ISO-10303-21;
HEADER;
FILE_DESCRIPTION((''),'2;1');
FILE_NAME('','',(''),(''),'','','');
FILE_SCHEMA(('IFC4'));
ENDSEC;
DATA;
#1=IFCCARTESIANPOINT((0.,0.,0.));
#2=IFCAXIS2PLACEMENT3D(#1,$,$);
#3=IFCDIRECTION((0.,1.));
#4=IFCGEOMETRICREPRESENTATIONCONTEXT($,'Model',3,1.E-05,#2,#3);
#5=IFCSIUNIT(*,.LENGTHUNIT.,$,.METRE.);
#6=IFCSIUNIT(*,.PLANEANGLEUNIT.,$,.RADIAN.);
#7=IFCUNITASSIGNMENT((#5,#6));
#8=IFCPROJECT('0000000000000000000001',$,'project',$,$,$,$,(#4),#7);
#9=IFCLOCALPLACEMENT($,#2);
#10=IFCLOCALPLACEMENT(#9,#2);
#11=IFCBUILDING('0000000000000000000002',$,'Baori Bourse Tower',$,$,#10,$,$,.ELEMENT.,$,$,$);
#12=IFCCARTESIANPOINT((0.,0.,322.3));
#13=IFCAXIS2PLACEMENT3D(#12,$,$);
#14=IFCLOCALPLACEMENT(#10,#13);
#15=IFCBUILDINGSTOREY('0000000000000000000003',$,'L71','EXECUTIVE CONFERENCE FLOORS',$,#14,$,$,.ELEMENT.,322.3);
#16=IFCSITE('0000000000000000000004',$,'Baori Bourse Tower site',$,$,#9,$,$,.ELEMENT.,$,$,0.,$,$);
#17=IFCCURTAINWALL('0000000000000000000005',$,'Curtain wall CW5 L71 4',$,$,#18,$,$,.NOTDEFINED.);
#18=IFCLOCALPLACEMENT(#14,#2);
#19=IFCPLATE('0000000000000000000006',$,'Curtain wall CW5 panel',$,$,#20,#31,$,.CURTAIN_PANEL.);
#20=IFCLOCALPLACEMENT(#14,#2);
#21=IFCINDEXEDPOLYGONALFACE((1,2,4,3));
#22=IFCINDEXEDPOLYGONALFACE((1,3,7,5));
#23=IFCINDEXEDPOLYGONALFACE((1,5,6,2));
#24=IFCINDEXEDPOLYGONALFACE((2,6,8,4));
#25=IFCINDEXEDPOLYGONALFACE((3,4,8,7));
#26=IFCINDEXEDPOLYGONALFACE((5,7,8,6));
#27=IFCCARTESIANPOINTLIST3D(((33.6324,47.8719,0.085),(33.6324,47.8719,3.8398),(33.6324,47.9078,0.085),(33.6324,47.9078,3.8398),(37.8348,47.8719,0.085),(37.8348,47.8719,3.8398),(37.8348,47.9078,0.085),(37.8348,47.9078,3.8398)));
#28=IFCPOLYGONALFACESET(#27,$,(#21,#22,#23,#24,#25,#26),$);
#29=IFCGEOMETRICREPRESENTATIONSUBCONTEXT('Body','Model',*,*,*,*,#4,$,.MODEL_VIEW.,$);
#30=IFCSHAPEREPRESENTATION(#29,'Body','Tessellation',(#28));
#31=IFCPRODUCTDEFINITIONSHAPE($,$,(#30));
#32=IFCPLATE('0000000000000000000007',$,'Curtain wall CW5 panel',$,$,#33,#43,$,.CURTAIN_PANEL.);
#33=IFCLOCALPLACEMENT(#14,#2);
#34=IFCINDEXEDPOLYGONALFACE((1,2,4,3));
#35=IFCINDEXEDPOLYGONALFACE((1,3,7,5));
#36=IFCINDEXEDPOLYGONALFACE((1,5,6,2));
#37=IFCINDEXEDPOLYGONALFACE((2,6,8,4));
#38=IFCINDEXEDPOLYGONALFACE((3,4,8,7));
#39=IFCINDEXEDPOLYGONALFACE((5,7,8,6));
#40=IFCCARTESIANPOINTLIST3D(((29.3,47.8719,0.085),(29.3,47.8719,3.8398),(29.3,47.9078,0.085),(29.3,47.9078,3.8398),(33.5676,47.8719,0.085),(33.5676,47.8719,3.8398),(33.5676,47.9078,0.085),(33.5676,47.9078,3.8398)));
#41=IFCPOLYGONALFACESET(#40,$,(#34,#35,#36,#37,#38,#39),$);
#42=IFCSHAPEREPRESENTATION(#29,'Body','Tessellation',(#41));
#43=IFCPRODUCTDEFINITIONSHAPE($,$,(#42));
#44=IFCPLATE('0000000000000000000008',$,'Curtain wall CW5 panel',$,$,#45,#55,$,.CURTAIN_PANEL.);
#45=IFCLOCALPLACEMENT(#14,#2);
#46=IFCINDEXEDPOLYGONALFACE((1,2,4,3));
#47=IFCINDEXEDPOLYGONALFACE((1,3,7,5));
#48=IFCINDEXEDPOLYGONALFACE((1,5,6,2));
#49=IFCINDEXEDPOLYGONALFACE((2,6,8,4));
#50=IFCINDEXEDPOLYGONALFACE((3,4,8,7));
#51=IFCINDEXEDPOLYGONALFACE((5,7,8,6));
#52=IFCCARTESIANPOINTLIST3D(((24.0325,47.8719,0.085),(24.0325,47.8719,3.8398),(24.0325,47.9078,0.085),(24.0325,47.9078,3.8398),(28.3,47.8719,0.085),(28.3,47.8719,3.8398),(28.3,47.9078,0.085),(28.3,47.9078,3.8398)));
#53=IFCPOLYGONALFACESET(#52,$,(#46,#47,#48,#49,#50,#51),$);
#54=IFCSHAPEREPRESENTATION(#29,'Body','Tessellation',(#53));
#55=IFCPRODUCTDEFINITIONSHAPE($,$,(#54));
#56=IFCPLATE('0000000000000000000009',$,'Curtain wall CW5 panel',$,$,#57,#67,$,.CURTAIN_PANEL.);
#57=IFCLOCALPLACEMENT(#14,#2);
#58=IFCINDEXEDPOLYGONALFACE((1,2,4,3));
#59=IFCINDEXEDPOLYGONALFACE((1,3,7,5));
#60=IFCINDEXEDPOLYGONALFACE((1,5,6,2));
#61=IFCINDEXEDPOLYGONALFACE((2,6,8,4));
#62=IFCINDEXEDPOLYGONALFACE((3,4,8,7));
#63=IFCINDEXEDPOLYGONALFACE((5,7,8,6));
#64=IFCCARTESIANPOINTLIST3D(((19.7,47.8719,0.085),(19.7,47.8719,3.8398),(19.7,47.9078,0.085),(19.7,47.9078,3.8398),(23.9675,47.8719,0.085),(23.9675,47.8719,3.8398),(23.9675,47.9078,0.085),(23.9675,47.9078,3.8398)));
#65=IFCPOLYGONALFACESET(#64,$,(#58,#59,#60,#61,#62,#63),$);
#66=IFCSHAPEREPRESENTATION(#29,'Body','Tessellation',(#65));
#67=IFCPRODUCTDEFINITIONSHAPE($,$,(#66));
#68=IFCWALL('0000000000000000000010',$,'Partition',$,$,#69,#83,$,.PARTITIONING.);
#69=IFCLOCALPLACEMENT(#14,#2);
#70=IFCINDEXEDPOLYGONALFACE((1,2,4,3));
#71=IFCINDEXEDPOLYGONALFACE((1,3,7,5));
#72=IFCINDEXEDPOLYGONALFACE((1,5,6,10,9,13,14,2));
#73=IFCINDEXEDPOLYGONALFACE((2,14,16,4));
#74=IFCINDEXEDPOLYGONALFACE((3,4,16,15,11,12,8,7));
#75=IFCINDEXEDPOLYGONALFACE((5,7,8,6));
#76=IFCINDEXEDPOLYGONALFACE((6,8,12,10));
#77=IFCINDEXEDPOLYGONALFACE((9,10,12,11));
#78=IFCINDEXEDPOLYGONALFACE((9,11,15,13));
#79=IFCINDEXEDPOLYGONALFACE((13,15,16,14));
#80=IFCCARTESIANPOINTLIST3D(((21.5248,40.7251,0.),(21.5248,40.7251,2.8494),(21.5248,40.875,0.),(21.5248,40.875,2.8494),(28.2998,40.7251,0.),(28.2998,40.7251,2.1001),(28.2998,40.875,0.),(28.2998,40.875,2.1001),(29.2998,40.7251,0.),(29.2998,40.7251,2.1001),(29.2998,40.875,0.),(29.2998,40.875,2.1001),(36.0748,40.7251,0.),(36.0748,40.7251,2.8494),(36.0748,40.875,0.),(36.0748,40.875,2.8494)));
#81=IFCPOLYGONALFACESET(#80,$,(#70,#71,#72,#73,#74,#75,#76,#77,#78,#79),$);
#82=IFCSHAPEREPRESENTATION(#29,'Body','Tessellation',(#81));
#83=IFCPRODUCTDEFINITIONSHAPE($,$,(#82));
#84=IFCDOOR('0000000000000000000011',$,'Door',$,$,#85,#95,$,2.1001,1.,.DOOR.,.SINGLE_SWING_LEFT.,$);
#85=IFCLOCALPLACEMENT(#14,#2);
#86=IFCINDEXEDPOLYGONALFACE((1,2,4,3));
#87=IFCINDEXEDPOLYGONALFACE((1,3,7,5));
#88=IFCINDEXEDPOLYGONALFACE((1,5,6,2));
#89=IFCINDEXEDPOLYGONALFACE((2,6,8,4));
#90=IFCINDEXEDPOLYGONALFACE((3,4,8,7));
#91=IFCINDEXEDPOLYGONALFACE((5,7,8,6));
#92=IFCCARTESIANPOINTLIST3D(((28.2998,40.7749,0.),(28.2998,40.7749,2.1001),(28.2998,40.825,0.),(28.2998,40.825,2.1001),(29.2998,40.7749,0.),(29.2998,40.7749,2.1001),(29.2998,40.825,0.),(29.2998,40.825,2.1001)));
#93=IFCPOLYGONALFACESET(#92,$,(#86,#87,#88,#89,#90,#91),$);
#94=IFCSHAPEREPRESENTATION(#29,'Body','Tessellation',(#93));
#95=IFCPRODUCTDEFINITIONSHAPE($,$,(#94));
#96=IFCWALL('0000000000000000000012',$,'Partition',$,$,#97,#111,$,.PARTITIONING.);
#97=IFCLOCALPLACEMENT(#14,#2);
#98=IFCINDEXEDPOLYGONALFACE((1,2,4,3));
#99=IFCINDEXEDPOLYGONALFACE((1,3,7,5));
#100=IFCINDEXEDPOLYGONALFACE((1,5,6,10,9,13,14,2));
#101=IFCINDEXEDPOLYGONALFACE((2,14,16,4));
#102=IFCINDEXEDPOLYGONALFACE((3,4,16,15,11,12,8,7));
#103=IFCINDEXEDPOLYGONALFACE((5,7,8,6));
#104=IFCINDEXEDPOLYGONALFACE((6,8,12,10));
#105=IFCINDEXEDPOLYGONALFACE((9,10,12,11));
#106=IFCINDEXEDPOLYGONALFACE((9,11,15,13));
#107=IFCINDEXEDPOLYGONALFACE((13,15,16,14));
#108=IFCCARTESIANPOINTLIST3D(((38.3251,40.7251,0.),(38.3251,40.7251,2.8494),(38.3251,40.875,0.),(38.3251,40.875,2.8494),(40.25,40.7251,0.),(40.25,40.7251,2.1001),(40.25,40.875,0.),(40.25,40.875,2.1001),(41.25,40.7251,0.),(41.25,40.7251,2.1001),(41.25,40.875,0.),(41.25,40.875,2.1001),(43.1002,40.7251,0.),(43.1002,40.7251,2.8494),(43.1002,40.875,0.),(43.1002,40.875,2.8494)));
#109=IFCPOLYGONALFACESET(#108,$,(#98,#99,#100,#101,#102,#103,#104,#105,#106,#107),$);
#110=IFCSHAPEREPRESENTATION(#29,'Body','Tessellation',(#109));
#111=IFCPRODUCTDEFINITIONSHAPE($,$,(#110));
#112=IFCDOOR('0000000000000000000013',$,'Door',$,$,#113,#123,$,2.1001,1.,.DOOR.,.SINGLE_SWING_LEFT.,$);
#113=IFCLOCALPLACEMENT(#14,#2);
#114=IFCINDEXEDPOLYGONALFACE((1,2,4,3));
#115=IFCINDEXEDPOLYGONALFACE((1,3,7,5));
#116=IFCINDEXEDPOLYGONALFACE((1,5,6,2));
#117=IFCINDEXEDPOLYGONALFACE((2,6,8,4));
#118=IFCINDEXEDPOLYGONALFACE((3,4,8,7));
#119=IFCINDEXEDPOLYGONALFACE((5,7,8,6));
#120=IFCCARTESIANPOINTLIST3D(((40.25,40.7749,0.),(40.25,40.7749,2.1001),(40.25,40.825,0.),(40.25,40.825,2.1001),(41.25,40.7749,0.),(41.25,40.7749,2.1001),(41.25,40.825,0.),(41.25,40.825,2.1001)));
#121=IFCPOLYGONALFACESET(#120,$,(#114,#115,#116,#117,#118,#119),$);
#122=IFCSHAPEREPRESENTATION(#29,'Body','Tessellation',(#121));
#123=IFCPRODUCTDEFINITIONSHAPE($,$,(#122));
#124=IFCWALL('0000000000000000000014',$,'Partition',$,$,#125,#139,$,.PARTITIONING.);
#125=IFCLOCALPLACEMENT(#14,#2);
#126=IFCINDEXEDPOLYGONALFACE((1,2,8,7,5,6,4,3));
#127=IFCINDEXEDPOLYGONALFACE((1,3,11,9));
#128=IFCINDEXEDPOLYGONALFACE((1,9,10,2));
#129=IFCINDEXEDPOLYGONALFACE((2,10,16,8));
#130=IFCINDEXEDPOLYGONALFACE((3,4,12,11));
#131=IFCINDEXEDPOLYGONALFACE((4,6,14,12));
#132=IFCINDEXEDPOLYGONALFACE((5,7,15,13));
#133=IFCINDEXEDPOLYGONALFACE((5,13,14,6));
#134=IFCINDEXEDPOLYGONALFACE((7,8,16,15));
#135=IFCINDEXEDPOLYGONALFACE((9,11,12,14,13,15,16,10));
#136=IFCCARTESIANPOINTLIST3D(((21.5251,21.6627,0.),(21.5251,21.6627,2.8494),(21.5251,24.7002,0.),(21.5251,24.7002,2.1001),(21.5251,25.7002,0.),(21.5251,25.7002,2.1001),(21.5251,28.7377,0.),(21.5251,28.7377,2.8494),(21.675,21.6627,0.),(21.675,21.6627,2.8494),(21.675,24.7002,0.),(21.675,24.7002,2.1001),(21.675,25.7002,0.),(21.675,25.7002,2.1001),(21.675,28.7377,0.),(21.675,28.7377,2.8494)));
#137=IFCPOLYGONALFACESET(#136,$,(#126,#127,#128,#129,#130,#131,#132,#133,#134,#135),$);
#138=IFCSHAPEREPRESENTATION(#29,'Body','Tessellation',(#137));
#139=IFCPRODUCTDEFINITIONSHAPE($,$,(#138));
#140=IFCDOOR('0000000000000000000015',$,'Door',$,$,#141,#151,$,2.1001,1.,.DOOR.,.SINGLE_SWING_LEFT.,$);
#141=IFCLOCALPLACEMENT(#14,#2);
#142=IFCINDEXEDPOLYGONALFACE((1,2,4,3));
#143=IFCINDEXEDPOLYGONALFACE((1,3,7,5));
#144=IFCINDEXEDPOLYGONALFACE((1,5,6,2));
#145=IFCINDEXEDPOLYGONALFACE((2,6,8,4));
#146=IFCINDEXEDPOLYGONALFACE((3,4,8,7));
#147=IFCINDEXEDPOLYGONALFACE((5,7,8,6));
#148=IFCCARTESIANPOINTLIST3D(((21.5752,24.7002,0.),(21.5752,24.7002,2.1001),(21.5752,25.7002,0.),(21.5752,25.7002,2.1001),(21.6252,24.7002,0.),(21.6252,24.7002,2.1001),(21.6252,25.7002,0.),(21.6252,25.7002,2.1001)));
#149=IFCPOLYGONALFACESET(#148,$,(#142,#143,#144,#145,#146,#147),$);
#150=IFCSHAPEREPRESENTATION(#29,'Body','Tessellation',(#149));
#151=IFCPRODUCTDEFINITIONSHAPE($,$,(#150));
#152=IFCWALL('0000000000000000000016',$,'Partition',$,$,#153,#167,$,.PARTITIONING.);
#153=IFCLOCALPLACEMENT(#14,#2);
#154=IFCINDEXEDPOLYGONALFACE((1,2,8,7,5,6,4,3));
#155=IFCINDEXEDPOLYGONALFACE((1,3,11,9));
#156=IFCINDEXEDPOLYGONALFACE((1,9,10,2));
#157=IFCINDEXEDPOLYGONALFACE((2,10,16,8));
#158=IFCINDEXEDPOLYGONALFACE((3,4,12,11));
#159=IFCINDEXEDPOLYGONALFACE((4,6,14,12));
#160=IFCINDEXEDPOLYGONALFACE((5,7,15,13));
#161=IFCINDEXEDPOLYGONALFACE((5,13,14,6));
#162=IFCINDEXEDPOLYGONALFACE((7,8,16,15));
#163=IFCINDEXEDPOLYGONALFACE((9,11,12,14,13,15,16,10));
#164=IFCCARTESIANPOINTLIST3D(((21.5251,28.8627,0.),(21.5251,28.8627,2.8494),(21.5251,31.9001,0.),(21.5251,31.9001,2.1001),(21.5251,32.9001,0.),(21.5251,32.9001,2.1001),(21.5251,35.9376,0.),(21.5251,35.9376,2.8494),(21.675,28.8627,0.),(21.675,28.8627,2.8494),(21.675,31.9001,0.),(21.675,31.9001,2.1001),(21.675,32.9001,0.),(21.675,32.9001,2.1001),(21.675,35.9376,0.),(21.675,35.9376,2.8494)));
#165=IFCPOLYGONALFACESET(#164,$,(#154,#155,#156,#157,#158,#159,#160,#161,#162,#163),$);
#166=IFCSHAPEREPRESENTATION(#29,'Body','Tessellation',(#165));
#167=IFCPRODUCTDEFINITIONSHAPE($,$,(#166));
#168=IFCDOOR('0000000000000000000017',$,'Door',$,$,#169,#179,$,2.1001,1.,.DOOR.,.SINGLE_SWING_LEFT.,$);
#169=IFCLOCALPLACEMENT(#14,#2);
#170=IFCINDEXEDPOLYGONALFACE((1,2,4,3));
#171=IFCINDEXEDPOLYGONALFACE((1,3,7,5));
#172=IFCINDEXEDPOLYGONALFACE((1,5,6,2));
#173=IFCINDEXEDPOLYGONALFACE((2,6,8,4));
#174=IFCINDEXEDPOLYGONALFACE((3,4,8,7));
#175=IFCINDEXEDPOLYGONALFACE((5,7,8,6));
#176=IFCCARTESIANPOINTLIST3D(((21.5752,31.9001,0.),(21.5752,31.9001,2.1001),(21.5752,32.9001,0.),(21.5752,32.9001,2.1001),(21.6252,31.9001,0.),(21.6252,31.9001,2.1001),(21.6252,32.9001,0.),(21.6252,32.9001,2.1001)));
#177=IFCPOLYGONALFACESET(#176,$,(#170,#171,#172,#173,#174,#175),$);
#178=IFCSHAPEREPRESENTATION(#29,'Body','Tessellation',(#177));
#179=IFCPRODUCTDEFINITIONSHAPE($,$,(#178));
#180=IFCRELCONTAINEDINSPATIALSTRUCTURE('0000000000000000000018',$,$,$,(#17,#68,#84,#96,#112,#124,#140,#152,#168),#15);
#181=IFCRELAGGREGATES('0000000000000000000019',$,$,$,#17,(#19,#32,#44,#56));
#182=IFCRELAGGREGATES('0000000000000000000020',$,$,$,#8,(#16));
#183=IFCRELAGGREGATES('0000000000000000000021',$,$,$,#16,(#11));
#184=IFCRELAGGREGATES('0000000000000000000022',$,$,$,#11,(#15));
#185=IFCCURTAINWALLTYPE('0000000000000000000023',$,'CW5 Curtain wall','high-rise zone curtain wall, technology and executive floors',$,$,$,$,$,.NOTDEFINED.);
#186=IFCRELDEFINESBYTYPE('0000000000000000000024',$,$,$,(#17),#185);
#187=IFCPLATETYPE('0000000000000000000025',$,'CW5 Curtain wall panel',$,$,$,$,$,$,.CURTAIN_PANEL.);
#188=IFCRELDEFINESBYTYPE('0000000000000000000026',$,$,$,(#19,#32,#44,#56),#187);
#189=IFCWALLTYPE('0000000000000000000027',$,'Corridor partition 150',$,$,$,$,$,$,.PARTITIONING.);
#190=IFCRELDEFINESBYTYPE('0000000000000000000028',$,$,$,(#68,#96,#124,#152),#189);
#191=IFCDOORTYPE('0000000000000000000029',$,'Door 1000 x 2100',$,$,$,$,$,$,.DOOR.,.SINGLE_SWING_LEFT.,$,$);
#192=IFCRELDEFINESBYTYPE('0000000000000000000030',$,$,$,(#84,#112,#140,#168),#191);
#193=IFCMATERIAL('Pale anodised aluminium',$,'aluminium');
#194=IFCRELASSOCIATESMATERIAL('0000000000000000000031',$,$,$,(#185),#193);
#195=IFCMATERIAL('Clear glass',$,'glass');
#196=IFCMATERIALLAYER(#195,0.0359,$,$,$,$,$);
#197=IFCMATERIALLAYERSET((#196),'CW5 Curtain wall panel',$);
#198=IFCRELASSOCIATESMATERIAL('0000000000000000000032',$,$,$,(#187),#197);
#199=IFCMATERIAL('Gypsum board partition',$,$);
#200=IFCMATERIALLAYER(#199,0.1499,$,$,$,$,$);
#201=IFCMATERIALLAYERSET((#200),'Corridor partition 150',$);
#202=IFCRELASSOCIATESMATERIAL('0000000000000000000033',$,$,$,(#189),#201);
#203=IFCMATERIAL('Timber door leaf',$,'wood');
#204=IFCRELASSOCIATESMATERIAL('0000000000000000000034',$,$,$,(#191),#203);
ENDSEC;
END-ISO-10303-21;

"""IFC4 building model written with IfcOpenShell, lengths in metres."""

from ifc_helpers import new_model, si_unit, direction, frame, frame_2d, origin, origin_2d, place, context, subcontext, project, spatial, rectangle, extrude, material, layer, layer_set, type_object, element, fill, aggregate, save


model = new_model("IFC4")

# Units and contexts
model_context = context("Model", 3, precision=1e-05, world=origin(), true_north=direction((0.0, 1.0)))
body_context = subcontext(model_context, "Body", "Model", "MODEL_VIEW")
ifc_project = project(units=[si_unit("LENGTHUNIT", "METRE"), si_unit("PLANEANGLEUNIT", "RADIAN")], contexts=[model_context])

# Site, building, storey
site_placement = place(None, origin())
site = spatial("IfcSite", under=ifc_project, at=site_placement, Name="Baori Bourse Tower site", CompositionType="ELEMENT", RefElevation=0.0)
building_placement = place(site_placement, origin())
building = spatial("IfcBuilding", under=site, at=building_placement, Name="Baori Bourse Tower", CompositionType="ELEMENT")
storey_placement = place(building_placement, frame((0.0, 0.0, 322.3)))
storey = spatial("IfcBuildingStorey", under=building, at=storey_placement, Name="L71", Description="EXECUTIVE CONFERENCE FLOORS", CompositionType="ELEMENT", Elevation=322.3)

# Curtain wall
ifc_material_1 = material(Name="Pale anodised aluminium", Category="aluminium")
curtain_wall_type_1 = type_object("IfcCurtainWallType", Name="CW5 Curtain wall", Description="high-rise zone curtain wall, technology and executive floors", PredefinedType="NOTDEFINED", material=ifc_material_1)
curtain_wall_1_placement = place(storey_placement, origin())
curtain_wall_1 = element("IfcCurtainWall", 1, at=curtain_wall_1_placement, inside=storey, type_object=curtain_wall_type_1, Name="Curtain wall CW5 L71 4", PredefinedType="NOTDEFINED")

# Plates
ifc_material_2 = material(Name="Clear glass", Category="glass")
ifc_layer_1 = layer(ifc_material_2, 0.0359)
ifc_layer_set_1 = layer_set([ifc_layer_1], Name="CW5 Curtain wall panel")
plate_type_1 = type_object("IfcPlateType", Name="CW5 Curtain wall panel", PredefinedType="CURTAIN_PANEL", material=ifc_layer_set_1)
plate_1_placement = place(storey_placement, frame((35.7336, 47.8899, 0.085), z_axis=(0.0, 0.0, 1.0), x_axis=(-1.0, 0.0, 0.0)))
plate_1 = element("IfcPlate", 2, at=plate_1_placement, type_object=plate_type_1, Name="Curtain wall CW5 panel", PredefinedType="CURTAIN_PANEL", context=body_context, shape_type="SweptSolid", body=[
    extrude(rectangle(XDim=4.2024, YDim=0.0359, at=origin_2d()), origin(), (0.0, 0.0, 1.0), 3.7549),
])
plate_2_placement = place(storey_placement, frame((31.4338, 47.8899, 0.085), z_axis=(0.0, 0.0, 1.0), x_axis=(-1.0, 0.0, 0.0)))
plate_2 = element("IfcPlate", 3, at=plate_2_placement, type_object=plate_type_1, Name="Curtain wall CW5 panel", PredefinedType="CURTAIN_PANEL", context=body_context, shape_type="SweptSolid", body=[
    extrude(rectangle(XDim=4.2676, YDim=0.0359, at=origin_2d()), origin(), (0.0, 0.0, 1.0), 3.7549),
])
plate_3_placement = place(storey_placement, frame((26.1663, 47.8899, 0.085), z_axis=(0.0, 0.0, 1.0), x_axis=(-1.0, 0.0, 0.0)))
plate_3 = element("IfcPlate", 4, at=plate_3_placement, type_object=plate_type_1, Name="Curtain wall CW5 panel", PredefinedType="CURTAIN_PANEL", context=body_context, shape_type="SweptSolid", body=[
    extrude(rectangle(XDim=4.2676, YDim=0.0359, at=origin_2d()), origin(), (0.0, 0.0, 1.0), 3.7549),
])
plate_4_placement = place(storey_placement, frame((21.8337, 47.8899, 0.085), z_axis=(0.0, 0.0, 1.0), x_axis=(-1.0, 0.0, 0.0)))
plate_4 = element("IfcPlate", 5, at=plate_4_placement, type_object=plate_type_1, Name="Curtain wall CW5 panel", PredefinedType="CURTAIN_PANEL", context=body_context, shape_type="SweptSolid", body=[
    extrude(rectangle(XDim=4.2676, YDim=0.0359, at=origin_2d()), origin(), (0.0, 0.0, 1.0), 3.7549),
])
aggregate(curtain_wall_1, [plate_1, plate_2, plate_3, plate_4])

# Walls, openings, doors
ifc_material_3 = material(Name="Gypsum board partition")
ifc_layer_2 = layer(ifc_material_3, 0.1499)
ifc_layer_set_2 = layer_set([ifc_layer_2], Name="Corridor partition 150")
wall_type_1 = type_object("IfcWallType", Name="Corridor partition 150", PredefinedType="PARTITIONING", material=ifc_layer_set_2)
wall_1_placement = place(storey_placement, frame((21.5249, 40.8, 0.0), z_axis=(0.0, 0.0, 1.0), x_axis=(1.0, 0.0, 0.0)))
wall_1 = element("IfcWall", 6, at=wall_1_placement, inside=storey, type_object=wall_type_1, Name="Partition", PredefinedType="PARTITIONING", context=body_context, shape_type="SweptSolid", body=[
    extrude(rectangle(XDim=14.55, YDim=0.1499, at=frame_2d((7.2749, 0.0))), origin(), (0.0, 0.0, 1.0), 2.8494),
])
opening_1_placement = place(wall_1_placement, frame((6.7749, 0.0, 0.0)))
opening_1 = element("IfcOpeningElement", 7, at=opening_1_placement, cuts=wall_1, PredefinedType="OPENING", context=body_context, shape_type="SweptSolid", body=[
    extrude(rectangle(XDim=1.0, YDim=2.1001, at=frame_2d((0.5, 1.05))), frame((0.0, 0.085, 0.0), z_axis=(0.0, -1.0, 0.0), x_axis=(1.0, 0.0, 0.0)), (0.0, 0.0, 1.0), 0.1699),
])
ifc_material_4 = material(Name="Timber door leaf", Category="wood")
door_type = type_object("IfcDoorType", Name="Door 1000 x 2100", OperationType="SINGLE_SWING_LEFT", PredefinedType="DOOR", material=ifc_material_4)
door_1_placement = place(opening_1_placement, origin())
door_1 = element("IfcDoor", 8, at=door_1_placement, inside=storey, type_object=door_type, Name="Door", OperationType="SINGLE_SWING_LEFT", OverallHeight=2.1001, OverallWidth=1.0, PredefinedType="DOOR", context=body_context, shape_type="SweptSolid", body=[
    extrude(rectangle(XDim=1.0, YDim=2.1001, at=frame_2d((0.5, 1.05))), frame((0.0, 0.0249, 0.0), z_axis=(0.0, -1.0, 0.0), x_axis=(1.0, 0.0, 0.0)), (0.0, 0.0, 1.0), 0.05),
])
fill(opening_1, door_1)
wall_2_placement = place(storey_placement, frame((38.325, 40.8, 0.0), z_axis=(0.0, 0.0, 1.0), x_axis=(1.0, 0.0, 0.0)))
wall_2 = element("IfcWall", 9, at=wall_2_placement, inside=storey, type_object=wall_type_1, Name="Partition", PredefinedType="PARTITIONING", context=body_context, shape_type="SweptSolid", body=[
    extrude(rectangle(XDim=4.7751, YDim=0.1499, at=frame_2d((2.3877, 0.0))), origin(), (0.0, 0.0, 1.0), 2.8494),
])
opening_2_placement = place(wall_2_placement, frame((1.925, 0.0, 0.0)))
opening_2 = element("IfcOpeningElement", 10, at=opening_2_placement, cuts=wall_2, PredefinedType="OPENING", context=body_context, shape_type="SweptSolid", body=[
    extrude(rectangle(XDim=1.0, YDim=2.1001, at=frame_2d((0.5, 1.05))), frame((0.0, 0.085, 0.0), z_axis=(0.0, -1.0, 0.0), x_axis=(1.0, 0.0, 0.0)), (0.0, 0.0, 1.0), 0.1699),
])
door_2_placement = place(opening_2_placement, origin())
door_2 = element("IfcDoor", 11, at=door_2_placement, inside=storey, type_object=door_type, Name="Door", OperationType="SINGLE_SWING_LEFT", OverallHeight=2.1001, OverallWidth=1.0, PredefinedType="DOOR", context=body_context, shape_type="SweptSolid", body=[
    extrude(rectangle(XDim=1.0, YDim=2.1001, at=frame_2d((0.5, 1.05))), frame((0.0, 0.0249, 0.0), z_axis=(0.0, -1.0, 0.0), x_axis=(1.0, 0.0, 0.0)), (0.0, 0.0, 1.0), 0.05),
])
fill(opening_2, door_2)
wall_3_placement = place(storey_placement, frame((21.6001, 21.6626, 0.0), z_axis=(0.0, 0.0, 1.0), x_axis=(0.0, 1.0, 0.0)))
wall_3 = element("IfcWall", 12, at=wall_3_placement, inside=storey, type_object=wall_type_1, Name="Partition", PredefinedType="PARTITIONING", context=body_context, shape_type="SweptSolid", body=[
    extrude(rectangle(XDim=7.075, YDim=0.1499, at=frame_2d((3.5376, 0.0))), origin(), (0.0, 0.0, 1.0), 2.8494),
])
opening_3_placement = place(wall_3_placement, frame((3.0376, 0.0, 0.0)))
opening_3 = element("IfcOpeningElement", 13, at=opening_3_placement, cuts=wall_3, PredefinedType="OPENING", context=body_context, shape_type="SweptSolid", body=[
    extrude(rectangle(XDim=1.0, YDim=2.1001, at=frame_2d((0.5, 1.05))), frame((0.0, 0.085, 0.0), z_axis=(0.0, -1.0, 0.0), x_axis=(1.0, 0.0, 0.0)), (0.0, 0.0, 1.0), 0.1699),
])
door_3_placement = place(opening_3_placement, origin())
door_3 = element("IfcDoor", 14, at=door_3_placement, inside=storey, type_object=door_type, Name="Door", OperationType="SINGLE_SWING_LEFT", OverallHeight=2.1001, OverallWidth=1.0, PredefinedType="DOOR", context=body_context, shape_type="SweptSolid", body=[
    extrude(rectangle(XDim=1.0, YDim=2.1001, at=frame_2d((0.5, 1.05))), frame((0.0, 0.0249, 0.0), z_axis=(0.0, -1.0, 0.0), x_axis=(1.0, 0.0, 0.0)), (0.0, 0.0, 1.0), 0.05),
])
fill(opening_3, door_3)
wall_4_placement = place(storey_placement, frame((21.6001, 28.8625, 0.0), z_axis=(0.0, 0.0, 1.0), x_axis=(0.0, 1.0, 0.0)))
wall_4 = element("IfcWall", 15, at=wall_4_placement, inside=storey, type_object=wall_type_1, Name="Partition", PredefinedType="PARTITIONING", context=body_context, shape_type="SweptSolid", body=[
    extrude(rectangle(XDim=7.075, YDim=0.1499, at=frame_2d((3.5376, 0.0))), origin(), (0.0, 0.0, 1.0), 2.8494),
])
opening_4_placement = place(wall_4_placement, frame((3.0376, 0.0, 0.0)))
opening_4 = element("IfcOpeningElement", 16, at=opening_4_placement, cuts=wall_4, PredefinedType="OPENING", context=body_context, shape_type="SweptSolid", body=[
    extrude(rectangle(XDim=1.0, YDim=2.1001, at=frame_2d((0.5, 1.05))), frame((0.0, 0.085, 0.0), z_axis=(0.0, -1.0, 0.0), x_axis=(1.0, 0.0, 0.0)), (0.0, 0.0, 1.0), 0.1699),
])
door_4_placement = place(opening_4_placement, origin())
door_4 = element("IfcDoor", 17, at=door_4_placement, inside=storey, type_object=door_type, Name="Door", OperationType="SINGLE_SWING_LEFT", OverallHeight=2.1001, OverallWidth=1.0, PredefinedType="DOOR", context=body_context, shape_type="SweptSolid", body=[
    extrude(rectangle(XDim=1.0, YDim=2.1001, at=frame_2d((0.5, 1.05))), frame((0.0, 0.0249, 0.0), z_axis=(0.0, -1.0, 0.0), x_axis=(1.0, 0.0, 0.0)), (0.0, 0.0, 1.0), 0.05),
])
fill(opening_4, door_4)

save(model, "model.ifc")
